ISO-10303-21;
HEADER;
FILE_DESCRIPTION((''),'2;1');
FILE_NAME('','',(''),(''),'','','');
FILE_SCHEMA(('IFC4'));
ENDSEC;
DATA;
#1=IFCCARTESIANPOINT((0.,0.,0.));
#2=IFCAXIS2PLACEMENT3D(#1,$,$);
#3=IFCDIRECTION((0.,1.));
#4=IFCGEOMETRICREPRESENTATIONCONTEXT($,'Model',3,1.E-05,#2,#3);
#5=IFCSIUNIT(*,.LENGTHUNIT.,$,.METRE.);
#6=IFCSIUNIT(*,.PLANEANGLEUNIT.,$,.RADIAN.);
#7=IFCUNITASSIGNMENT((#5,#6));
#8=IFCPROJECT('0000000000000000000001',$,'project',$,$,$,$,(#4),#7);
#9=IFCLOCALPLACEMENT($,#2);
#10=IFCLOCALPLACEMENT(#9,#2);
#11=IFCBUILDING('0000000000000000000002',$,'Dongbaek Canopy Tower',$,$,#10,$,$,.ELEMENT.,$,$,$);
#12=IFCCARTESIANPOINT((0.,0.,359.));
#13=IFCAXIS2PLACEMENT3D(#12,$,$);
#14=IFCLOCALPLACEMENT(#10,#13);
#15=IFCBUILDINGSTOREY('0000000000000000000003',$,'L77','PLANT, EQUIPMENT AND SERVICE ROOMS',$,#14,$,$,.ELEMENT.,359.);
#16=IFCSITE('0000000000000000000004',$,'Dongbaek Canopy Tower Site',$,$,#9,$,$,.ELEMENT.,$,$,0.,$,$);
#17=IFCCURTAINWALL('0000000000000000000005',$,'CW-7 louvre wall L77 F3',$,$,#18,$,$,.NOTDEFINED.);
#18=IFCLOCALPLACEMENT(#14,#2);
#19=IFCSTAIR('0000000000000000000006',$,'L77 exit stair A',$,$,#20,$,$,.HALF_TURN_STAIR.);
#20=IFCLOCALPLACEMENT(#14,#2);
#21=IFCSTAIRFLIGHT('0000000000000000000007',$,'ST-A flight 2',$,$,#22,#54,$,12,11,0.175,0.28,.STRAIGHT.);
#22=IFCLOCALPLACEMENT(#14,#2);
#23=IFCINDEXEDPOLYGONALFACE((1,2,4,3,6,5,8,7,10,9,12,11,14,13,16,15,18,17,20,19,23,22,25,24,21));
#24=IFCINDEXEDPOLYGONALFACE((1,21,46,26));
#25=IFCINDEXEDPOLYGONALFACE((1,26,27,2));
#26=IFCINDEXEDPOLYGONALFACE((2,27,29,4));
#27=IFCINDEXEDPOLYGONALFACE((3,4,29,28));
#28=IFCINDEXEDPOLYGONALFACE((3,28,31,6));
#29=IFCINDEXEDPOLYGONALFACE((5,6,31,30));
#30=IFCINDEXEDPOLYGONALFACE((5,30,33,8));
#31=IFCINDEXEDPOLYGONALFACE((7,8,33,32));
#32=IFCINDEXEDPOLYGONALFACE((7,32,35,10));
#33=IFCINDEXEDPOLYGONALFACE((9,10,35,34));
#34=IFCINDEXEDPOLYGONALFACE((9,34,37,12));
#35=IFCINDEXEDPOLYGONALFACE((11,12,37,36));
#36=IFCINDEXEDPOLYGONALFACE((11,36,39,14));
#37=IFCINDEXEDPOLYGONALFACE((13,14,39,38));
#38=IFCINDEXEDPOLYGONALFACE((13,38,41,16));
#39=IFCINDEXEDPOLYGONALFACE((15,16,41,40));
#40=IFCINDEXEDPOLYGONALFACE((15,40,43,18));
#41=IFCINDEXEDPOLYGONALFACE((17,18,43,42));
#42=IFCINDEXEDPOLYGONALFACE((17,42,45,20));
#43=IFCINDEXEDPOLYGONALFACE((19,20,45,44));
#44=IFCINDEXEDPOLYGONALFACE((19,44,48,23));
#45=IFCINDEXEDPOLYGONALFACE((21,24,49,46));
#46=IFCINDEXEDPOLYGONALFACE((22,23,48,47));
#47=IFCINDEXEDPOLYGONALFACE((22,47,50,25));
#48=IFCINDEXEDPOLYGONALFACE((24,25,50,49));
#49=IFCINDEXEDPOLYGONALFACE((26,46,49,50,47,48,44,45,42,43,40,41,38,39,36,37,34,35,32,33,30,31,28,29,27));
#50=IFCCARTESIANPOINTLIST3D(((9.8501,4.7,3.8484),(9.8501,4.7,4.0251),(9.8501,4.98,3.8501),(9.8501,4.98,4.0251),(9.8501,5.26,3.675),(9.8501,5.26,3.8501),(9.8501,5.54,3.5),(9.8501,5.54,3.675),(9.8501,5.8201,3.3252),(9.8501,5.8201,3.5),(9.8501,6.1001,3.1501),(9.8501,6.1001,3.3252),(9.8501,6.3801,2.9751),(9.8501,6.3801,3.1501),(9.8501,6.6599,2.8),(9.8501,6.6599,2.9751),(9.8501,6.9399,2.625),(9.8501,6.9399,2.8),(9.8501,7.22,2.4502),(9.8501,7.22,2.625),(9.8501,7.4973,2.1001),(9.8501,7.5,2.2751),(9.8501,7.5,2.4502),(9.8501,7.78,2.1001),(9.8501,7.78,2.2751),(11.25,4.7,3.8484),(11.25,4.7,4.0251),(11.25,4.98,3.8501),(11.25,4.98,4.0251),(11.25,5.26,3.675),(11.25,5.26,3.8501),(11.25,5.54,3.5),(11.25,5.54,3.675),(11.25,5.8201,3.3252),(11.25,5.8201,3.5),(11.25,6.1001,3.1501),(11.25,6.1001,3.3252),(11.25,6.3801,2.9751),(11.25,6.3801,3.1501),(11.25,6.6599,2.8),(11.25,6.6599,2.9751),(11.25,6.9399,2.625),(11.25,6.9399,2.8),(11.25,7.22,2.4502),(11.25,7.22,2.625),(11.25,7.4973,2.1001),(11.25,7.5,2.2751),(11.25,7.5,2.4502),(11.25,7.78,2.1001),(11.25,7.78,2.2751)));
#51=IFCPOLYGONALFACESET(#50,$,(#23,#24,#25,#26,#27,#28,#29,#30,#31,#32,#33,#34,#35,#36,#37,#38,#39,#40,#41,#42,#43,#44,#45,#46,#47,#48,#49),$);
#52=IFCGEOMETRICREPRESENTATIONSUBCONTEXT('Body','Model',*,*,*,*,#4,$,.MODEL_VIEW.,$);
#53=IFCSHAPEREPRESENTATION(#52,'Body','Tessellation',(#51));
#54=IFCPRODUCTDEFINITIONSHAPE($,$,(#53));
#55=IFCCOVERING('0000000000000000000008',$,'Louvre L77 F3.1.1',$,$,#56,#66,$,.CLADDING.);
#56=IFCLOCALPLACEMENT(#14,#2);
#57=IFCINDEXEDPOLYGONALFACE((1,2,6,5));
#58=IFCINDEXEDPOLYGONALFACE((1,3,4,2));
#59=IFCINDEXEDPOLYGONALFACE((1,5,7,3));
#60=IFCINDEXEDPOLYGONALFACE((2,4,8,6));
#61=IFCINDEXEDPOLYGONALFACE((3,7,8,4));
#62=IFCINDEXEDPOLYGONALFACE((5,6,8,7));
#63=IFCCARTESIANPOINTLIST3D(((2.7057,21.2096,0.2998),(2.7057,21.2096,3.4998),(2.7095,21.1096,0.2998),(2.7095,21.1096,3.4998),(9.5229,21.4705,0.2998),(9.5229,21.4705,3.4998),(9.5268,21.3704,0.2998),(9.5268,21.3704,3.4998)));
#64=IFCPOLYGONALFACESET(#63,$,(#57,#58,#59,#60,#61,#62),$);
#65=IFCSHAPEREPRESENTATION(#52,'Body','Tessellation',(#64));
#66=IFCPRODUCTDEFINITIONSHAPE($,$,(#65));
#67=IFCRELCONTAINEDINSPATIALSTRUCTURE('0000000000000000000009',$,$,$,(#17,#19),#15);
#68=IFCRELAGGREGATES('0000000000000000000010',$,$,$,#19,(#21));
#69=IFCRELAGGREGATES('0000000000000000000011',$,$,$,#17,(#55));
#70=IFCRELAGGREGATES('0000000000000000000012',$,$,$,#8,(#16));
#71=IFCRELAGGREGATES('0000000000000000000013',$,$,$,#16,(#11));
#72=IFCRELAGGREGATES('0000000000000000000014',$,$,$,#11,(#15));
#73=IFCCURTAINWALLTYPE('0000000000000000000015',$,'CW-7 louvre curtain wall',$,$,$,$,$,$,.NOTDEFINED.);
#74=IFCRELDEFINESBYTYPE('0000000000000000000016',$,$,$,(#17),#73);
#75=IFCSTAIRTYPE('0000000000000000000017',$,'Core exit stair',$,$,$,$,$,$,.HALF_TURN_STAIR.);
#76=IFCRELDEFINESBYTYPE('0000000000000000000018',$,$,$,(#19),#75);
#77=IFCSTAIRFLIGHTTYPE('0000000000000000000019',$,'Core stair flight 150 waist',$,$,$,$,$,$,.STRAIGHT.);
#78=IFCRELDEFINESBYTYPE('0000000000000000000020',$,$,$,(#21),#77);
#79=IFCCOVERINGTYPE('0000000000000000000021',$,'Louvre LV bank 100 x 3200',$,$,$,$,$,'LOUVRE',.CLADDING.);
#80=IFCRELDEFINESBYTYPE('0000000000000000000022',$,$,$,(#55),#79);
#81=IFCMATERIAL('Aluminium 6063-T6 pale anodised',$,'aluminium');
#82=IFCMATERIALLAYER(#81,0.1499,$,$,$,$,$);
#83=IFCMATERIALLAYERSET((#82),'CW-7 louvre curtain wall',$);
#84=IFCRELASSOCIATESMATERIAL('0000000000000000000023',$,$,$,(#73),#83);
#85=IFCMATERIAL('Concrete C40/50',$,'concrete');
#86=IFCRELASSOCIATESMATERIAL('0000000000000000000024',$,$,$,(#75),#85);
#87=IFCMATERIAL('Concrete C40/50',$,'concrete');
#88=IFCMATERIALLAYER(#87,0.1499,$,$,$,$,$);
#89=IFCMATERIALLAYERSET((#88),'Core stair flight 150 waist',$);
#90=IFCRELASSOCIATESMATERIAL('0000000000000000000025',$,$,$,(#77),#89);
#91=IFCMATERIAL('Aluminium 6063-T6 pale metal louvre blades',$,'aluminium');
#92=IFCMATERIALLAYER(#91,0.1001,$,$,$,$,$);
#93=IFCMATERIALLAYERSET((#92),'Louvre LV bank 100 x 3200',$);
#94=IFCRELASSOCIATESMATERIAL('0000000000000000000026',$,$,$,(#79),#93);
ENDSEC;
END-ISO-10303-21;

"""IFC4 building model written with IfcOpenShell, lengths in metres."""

from ifc_helpers import new_model, si_unit, direction, frame, origin, origin_2d, place, context, subcontext, project, spatial, polyline, rectangle, outline, extrude, material, layer, layer_set, type_object, element, aggregate, save


model = new_model("IFC4")

# Units and contexts
model_context = context("Model", 3, precision=1e-05, world=origin(), true_north=direction((0.0, 1.0)))
body_context = subcontext(model_context, "Body", "Model", "MODEL_VIEW")
ifc_project = project(units=[si_unit("LENGTHUNIT", "METRE"), si_unit("PLANEANGLEUNIT", "RADIAN")], contexts=[model_context])

# Site, building, storey
site_placement = place(None, origin())
site = spatial("IfcSite", under=ifc_project, at=site_placement, Name="Dongbaek Canopy Tower Site", CompositionType="ELEMENT", RefElevation=0.0)
building_placement = place(site_placement, origin())
building = spatial("IfcBuilding", under=site, at=building_placement, Name="Dongbaek Canopy Tower", CompositionType="ELEMENT")
storey_placement = place(building_placement, frame((0.0, 0.0, 359.0)))
storey = spatial("IfcBuildingStorey", under=building, at=storey_placement, Name="L77", Description="PLANT, EQUIPMENT AND SERVICE ROOMS", CompositionType="ELEMENT", Elevation=359.0)

# Shared definitions
ifc_material_1 = material(Name="Aluminium 6063-T6 pale anodised", Category="aluminium")
ifc_layer_1 = layer(ifc_material_1, 0.1499)
ifc_layer_set_1 = layer_set([ifc_layer_1], Name="CW-7 louvre curtain wall")
curtain_wall_type = type_object("IfcCurtainWallType", Name="CW-7 louvre curtain wall", PredefinedType="NOTDEFINED", material=ifc_layer_set_1)

# Curtain wall
curtain_wall_1_placement = place(storey_placement, origin())
curtain_wall_1 = element("IfcCurtainWall", 1, at=curtain_wall_1_placement, inside=storey, type_object=curtain_wall_type, Name="CW-7 louvre wall L77 F3", PredefinedType="NOTDEFINED")

# Stair, stair flight
ifc_material_2 = material(Name="Concrete C40/50", Category="concrete")
stair_type = type_object("IfcStairType", Name="Core exit stair", PredefinedType="HALF_TURN_STAIR", material=ifc_material_2)
stair_placement = place(storey_placement, origin())
stair = element("IfcStair", 2, at=stair_placement, inside=storey, type_object=stair_type, Name="L77 exit stair A", PredefinedType="HALF_TURN_STAIR")
ifc_material_3 = material(Name="Concrete C40/50", Category="concrete")
ifc_layer_2 = layer(ifc_material_3, 0.1499)
ifc_layer_set_2 = layer_set([ifc_layer_2], Name="Core stair flight 150 waist")
stair_flight_type = type_object("IfcStairFlightType", Name="Core stair flight 150 waist", PredefinedType="STRAIGHT", material=ifc_layer_set_2)
stair_flight_placement = place(storey_placement, frame((10.55, 7.78, 2.1001), z_axis=(0.0, 0.0, 1.0), x_axis=(0.0, -1.0, 0.0)))
stair_flight = element("IfcStairFlight", 3, at=stair_flight_placement, type_object=stair_flight_type, Name="ST-A flight 2", NumberOfRisers=12, NumberOfTreads=11, PredefinedType="STRAIGHT", RiserHeight=0.175, TreadLength=0.28, context=body_context, shape_type="SweptSolid", body=[
    extrude(outline(polyline([(0.0, 0.0), (0.0, 0.175), (0.28, 0.175), (0.28, 0.3501), (0.5601, 0.3501), (0.5601, 0.5249), (0.8401, 0.5249), (0.8401, 0.7), (1.1201, 0.7), (1.1201, 0.875), (1.3999, 0.875), (1.3999, 1.05), (1.6799, 1.05), (1.6799, 1.2251), (1.96, 1.2251), (1.96, 1.3999), (2.24, 1.3999), (2.24, 1.575), (2.52, 1.575), (2.52, 1.75), (2.8, 1.75), (2.8, 1.925), (3.0801, 1.925), (3.0801, 2.1001), (3.0801, 1.7483), (0.2827, 0.0), (0.0, 0.0)])), frame((0.0, 0.7, 0.0), z_axis=(0.0, -1.0, 0.0), x_axis=(1.0, 0.0, 0.0)), (0.0, 0.0, 1.0), 1.3999),
])
aggregate(stair, [stair_flight])

# Covering
ifc_material_4 = material(Name="Aluminium 6063-T6 pale metal louvre blades", Category="aluminium")
ifc_layer_3 = layer(ifc_material_4, 0.1001)
ifc_layer_set_3 = layer_set([ifc_layer_3], Name="Louvre LV bank 100 x 3200")
covering_type = type_object("IfcCoveringType", Name="Louvre LV bank 100 x 3200", ElementType="LOUVRE", PredefinedType="CLADDING", material=ifc_layer_set_3)
covering_placement = place(storey_placement, frame((6.1162, 21.29, 0.2998), z_axis=(0.0, 0.0, 1.0), x_axis=(-0.999269, -0.038232, 0.0)))
covering = element("IfcCovering", 4, at=covering_placement, type_object=covering_type, Name="Louvre L77 F3.1.1", PredefinedType="CLADDING", context=body_context, shape_type="SweptSolid", body=[
    extrude(rectangle(XDim=6.8223, YDim=0.1001, at=origin_2d()), origin(), (0.0, 0.0, 1.0), 3.2),
])

aggregate(curtain_wall_1, [covering])

save(model, "model.ifc")
